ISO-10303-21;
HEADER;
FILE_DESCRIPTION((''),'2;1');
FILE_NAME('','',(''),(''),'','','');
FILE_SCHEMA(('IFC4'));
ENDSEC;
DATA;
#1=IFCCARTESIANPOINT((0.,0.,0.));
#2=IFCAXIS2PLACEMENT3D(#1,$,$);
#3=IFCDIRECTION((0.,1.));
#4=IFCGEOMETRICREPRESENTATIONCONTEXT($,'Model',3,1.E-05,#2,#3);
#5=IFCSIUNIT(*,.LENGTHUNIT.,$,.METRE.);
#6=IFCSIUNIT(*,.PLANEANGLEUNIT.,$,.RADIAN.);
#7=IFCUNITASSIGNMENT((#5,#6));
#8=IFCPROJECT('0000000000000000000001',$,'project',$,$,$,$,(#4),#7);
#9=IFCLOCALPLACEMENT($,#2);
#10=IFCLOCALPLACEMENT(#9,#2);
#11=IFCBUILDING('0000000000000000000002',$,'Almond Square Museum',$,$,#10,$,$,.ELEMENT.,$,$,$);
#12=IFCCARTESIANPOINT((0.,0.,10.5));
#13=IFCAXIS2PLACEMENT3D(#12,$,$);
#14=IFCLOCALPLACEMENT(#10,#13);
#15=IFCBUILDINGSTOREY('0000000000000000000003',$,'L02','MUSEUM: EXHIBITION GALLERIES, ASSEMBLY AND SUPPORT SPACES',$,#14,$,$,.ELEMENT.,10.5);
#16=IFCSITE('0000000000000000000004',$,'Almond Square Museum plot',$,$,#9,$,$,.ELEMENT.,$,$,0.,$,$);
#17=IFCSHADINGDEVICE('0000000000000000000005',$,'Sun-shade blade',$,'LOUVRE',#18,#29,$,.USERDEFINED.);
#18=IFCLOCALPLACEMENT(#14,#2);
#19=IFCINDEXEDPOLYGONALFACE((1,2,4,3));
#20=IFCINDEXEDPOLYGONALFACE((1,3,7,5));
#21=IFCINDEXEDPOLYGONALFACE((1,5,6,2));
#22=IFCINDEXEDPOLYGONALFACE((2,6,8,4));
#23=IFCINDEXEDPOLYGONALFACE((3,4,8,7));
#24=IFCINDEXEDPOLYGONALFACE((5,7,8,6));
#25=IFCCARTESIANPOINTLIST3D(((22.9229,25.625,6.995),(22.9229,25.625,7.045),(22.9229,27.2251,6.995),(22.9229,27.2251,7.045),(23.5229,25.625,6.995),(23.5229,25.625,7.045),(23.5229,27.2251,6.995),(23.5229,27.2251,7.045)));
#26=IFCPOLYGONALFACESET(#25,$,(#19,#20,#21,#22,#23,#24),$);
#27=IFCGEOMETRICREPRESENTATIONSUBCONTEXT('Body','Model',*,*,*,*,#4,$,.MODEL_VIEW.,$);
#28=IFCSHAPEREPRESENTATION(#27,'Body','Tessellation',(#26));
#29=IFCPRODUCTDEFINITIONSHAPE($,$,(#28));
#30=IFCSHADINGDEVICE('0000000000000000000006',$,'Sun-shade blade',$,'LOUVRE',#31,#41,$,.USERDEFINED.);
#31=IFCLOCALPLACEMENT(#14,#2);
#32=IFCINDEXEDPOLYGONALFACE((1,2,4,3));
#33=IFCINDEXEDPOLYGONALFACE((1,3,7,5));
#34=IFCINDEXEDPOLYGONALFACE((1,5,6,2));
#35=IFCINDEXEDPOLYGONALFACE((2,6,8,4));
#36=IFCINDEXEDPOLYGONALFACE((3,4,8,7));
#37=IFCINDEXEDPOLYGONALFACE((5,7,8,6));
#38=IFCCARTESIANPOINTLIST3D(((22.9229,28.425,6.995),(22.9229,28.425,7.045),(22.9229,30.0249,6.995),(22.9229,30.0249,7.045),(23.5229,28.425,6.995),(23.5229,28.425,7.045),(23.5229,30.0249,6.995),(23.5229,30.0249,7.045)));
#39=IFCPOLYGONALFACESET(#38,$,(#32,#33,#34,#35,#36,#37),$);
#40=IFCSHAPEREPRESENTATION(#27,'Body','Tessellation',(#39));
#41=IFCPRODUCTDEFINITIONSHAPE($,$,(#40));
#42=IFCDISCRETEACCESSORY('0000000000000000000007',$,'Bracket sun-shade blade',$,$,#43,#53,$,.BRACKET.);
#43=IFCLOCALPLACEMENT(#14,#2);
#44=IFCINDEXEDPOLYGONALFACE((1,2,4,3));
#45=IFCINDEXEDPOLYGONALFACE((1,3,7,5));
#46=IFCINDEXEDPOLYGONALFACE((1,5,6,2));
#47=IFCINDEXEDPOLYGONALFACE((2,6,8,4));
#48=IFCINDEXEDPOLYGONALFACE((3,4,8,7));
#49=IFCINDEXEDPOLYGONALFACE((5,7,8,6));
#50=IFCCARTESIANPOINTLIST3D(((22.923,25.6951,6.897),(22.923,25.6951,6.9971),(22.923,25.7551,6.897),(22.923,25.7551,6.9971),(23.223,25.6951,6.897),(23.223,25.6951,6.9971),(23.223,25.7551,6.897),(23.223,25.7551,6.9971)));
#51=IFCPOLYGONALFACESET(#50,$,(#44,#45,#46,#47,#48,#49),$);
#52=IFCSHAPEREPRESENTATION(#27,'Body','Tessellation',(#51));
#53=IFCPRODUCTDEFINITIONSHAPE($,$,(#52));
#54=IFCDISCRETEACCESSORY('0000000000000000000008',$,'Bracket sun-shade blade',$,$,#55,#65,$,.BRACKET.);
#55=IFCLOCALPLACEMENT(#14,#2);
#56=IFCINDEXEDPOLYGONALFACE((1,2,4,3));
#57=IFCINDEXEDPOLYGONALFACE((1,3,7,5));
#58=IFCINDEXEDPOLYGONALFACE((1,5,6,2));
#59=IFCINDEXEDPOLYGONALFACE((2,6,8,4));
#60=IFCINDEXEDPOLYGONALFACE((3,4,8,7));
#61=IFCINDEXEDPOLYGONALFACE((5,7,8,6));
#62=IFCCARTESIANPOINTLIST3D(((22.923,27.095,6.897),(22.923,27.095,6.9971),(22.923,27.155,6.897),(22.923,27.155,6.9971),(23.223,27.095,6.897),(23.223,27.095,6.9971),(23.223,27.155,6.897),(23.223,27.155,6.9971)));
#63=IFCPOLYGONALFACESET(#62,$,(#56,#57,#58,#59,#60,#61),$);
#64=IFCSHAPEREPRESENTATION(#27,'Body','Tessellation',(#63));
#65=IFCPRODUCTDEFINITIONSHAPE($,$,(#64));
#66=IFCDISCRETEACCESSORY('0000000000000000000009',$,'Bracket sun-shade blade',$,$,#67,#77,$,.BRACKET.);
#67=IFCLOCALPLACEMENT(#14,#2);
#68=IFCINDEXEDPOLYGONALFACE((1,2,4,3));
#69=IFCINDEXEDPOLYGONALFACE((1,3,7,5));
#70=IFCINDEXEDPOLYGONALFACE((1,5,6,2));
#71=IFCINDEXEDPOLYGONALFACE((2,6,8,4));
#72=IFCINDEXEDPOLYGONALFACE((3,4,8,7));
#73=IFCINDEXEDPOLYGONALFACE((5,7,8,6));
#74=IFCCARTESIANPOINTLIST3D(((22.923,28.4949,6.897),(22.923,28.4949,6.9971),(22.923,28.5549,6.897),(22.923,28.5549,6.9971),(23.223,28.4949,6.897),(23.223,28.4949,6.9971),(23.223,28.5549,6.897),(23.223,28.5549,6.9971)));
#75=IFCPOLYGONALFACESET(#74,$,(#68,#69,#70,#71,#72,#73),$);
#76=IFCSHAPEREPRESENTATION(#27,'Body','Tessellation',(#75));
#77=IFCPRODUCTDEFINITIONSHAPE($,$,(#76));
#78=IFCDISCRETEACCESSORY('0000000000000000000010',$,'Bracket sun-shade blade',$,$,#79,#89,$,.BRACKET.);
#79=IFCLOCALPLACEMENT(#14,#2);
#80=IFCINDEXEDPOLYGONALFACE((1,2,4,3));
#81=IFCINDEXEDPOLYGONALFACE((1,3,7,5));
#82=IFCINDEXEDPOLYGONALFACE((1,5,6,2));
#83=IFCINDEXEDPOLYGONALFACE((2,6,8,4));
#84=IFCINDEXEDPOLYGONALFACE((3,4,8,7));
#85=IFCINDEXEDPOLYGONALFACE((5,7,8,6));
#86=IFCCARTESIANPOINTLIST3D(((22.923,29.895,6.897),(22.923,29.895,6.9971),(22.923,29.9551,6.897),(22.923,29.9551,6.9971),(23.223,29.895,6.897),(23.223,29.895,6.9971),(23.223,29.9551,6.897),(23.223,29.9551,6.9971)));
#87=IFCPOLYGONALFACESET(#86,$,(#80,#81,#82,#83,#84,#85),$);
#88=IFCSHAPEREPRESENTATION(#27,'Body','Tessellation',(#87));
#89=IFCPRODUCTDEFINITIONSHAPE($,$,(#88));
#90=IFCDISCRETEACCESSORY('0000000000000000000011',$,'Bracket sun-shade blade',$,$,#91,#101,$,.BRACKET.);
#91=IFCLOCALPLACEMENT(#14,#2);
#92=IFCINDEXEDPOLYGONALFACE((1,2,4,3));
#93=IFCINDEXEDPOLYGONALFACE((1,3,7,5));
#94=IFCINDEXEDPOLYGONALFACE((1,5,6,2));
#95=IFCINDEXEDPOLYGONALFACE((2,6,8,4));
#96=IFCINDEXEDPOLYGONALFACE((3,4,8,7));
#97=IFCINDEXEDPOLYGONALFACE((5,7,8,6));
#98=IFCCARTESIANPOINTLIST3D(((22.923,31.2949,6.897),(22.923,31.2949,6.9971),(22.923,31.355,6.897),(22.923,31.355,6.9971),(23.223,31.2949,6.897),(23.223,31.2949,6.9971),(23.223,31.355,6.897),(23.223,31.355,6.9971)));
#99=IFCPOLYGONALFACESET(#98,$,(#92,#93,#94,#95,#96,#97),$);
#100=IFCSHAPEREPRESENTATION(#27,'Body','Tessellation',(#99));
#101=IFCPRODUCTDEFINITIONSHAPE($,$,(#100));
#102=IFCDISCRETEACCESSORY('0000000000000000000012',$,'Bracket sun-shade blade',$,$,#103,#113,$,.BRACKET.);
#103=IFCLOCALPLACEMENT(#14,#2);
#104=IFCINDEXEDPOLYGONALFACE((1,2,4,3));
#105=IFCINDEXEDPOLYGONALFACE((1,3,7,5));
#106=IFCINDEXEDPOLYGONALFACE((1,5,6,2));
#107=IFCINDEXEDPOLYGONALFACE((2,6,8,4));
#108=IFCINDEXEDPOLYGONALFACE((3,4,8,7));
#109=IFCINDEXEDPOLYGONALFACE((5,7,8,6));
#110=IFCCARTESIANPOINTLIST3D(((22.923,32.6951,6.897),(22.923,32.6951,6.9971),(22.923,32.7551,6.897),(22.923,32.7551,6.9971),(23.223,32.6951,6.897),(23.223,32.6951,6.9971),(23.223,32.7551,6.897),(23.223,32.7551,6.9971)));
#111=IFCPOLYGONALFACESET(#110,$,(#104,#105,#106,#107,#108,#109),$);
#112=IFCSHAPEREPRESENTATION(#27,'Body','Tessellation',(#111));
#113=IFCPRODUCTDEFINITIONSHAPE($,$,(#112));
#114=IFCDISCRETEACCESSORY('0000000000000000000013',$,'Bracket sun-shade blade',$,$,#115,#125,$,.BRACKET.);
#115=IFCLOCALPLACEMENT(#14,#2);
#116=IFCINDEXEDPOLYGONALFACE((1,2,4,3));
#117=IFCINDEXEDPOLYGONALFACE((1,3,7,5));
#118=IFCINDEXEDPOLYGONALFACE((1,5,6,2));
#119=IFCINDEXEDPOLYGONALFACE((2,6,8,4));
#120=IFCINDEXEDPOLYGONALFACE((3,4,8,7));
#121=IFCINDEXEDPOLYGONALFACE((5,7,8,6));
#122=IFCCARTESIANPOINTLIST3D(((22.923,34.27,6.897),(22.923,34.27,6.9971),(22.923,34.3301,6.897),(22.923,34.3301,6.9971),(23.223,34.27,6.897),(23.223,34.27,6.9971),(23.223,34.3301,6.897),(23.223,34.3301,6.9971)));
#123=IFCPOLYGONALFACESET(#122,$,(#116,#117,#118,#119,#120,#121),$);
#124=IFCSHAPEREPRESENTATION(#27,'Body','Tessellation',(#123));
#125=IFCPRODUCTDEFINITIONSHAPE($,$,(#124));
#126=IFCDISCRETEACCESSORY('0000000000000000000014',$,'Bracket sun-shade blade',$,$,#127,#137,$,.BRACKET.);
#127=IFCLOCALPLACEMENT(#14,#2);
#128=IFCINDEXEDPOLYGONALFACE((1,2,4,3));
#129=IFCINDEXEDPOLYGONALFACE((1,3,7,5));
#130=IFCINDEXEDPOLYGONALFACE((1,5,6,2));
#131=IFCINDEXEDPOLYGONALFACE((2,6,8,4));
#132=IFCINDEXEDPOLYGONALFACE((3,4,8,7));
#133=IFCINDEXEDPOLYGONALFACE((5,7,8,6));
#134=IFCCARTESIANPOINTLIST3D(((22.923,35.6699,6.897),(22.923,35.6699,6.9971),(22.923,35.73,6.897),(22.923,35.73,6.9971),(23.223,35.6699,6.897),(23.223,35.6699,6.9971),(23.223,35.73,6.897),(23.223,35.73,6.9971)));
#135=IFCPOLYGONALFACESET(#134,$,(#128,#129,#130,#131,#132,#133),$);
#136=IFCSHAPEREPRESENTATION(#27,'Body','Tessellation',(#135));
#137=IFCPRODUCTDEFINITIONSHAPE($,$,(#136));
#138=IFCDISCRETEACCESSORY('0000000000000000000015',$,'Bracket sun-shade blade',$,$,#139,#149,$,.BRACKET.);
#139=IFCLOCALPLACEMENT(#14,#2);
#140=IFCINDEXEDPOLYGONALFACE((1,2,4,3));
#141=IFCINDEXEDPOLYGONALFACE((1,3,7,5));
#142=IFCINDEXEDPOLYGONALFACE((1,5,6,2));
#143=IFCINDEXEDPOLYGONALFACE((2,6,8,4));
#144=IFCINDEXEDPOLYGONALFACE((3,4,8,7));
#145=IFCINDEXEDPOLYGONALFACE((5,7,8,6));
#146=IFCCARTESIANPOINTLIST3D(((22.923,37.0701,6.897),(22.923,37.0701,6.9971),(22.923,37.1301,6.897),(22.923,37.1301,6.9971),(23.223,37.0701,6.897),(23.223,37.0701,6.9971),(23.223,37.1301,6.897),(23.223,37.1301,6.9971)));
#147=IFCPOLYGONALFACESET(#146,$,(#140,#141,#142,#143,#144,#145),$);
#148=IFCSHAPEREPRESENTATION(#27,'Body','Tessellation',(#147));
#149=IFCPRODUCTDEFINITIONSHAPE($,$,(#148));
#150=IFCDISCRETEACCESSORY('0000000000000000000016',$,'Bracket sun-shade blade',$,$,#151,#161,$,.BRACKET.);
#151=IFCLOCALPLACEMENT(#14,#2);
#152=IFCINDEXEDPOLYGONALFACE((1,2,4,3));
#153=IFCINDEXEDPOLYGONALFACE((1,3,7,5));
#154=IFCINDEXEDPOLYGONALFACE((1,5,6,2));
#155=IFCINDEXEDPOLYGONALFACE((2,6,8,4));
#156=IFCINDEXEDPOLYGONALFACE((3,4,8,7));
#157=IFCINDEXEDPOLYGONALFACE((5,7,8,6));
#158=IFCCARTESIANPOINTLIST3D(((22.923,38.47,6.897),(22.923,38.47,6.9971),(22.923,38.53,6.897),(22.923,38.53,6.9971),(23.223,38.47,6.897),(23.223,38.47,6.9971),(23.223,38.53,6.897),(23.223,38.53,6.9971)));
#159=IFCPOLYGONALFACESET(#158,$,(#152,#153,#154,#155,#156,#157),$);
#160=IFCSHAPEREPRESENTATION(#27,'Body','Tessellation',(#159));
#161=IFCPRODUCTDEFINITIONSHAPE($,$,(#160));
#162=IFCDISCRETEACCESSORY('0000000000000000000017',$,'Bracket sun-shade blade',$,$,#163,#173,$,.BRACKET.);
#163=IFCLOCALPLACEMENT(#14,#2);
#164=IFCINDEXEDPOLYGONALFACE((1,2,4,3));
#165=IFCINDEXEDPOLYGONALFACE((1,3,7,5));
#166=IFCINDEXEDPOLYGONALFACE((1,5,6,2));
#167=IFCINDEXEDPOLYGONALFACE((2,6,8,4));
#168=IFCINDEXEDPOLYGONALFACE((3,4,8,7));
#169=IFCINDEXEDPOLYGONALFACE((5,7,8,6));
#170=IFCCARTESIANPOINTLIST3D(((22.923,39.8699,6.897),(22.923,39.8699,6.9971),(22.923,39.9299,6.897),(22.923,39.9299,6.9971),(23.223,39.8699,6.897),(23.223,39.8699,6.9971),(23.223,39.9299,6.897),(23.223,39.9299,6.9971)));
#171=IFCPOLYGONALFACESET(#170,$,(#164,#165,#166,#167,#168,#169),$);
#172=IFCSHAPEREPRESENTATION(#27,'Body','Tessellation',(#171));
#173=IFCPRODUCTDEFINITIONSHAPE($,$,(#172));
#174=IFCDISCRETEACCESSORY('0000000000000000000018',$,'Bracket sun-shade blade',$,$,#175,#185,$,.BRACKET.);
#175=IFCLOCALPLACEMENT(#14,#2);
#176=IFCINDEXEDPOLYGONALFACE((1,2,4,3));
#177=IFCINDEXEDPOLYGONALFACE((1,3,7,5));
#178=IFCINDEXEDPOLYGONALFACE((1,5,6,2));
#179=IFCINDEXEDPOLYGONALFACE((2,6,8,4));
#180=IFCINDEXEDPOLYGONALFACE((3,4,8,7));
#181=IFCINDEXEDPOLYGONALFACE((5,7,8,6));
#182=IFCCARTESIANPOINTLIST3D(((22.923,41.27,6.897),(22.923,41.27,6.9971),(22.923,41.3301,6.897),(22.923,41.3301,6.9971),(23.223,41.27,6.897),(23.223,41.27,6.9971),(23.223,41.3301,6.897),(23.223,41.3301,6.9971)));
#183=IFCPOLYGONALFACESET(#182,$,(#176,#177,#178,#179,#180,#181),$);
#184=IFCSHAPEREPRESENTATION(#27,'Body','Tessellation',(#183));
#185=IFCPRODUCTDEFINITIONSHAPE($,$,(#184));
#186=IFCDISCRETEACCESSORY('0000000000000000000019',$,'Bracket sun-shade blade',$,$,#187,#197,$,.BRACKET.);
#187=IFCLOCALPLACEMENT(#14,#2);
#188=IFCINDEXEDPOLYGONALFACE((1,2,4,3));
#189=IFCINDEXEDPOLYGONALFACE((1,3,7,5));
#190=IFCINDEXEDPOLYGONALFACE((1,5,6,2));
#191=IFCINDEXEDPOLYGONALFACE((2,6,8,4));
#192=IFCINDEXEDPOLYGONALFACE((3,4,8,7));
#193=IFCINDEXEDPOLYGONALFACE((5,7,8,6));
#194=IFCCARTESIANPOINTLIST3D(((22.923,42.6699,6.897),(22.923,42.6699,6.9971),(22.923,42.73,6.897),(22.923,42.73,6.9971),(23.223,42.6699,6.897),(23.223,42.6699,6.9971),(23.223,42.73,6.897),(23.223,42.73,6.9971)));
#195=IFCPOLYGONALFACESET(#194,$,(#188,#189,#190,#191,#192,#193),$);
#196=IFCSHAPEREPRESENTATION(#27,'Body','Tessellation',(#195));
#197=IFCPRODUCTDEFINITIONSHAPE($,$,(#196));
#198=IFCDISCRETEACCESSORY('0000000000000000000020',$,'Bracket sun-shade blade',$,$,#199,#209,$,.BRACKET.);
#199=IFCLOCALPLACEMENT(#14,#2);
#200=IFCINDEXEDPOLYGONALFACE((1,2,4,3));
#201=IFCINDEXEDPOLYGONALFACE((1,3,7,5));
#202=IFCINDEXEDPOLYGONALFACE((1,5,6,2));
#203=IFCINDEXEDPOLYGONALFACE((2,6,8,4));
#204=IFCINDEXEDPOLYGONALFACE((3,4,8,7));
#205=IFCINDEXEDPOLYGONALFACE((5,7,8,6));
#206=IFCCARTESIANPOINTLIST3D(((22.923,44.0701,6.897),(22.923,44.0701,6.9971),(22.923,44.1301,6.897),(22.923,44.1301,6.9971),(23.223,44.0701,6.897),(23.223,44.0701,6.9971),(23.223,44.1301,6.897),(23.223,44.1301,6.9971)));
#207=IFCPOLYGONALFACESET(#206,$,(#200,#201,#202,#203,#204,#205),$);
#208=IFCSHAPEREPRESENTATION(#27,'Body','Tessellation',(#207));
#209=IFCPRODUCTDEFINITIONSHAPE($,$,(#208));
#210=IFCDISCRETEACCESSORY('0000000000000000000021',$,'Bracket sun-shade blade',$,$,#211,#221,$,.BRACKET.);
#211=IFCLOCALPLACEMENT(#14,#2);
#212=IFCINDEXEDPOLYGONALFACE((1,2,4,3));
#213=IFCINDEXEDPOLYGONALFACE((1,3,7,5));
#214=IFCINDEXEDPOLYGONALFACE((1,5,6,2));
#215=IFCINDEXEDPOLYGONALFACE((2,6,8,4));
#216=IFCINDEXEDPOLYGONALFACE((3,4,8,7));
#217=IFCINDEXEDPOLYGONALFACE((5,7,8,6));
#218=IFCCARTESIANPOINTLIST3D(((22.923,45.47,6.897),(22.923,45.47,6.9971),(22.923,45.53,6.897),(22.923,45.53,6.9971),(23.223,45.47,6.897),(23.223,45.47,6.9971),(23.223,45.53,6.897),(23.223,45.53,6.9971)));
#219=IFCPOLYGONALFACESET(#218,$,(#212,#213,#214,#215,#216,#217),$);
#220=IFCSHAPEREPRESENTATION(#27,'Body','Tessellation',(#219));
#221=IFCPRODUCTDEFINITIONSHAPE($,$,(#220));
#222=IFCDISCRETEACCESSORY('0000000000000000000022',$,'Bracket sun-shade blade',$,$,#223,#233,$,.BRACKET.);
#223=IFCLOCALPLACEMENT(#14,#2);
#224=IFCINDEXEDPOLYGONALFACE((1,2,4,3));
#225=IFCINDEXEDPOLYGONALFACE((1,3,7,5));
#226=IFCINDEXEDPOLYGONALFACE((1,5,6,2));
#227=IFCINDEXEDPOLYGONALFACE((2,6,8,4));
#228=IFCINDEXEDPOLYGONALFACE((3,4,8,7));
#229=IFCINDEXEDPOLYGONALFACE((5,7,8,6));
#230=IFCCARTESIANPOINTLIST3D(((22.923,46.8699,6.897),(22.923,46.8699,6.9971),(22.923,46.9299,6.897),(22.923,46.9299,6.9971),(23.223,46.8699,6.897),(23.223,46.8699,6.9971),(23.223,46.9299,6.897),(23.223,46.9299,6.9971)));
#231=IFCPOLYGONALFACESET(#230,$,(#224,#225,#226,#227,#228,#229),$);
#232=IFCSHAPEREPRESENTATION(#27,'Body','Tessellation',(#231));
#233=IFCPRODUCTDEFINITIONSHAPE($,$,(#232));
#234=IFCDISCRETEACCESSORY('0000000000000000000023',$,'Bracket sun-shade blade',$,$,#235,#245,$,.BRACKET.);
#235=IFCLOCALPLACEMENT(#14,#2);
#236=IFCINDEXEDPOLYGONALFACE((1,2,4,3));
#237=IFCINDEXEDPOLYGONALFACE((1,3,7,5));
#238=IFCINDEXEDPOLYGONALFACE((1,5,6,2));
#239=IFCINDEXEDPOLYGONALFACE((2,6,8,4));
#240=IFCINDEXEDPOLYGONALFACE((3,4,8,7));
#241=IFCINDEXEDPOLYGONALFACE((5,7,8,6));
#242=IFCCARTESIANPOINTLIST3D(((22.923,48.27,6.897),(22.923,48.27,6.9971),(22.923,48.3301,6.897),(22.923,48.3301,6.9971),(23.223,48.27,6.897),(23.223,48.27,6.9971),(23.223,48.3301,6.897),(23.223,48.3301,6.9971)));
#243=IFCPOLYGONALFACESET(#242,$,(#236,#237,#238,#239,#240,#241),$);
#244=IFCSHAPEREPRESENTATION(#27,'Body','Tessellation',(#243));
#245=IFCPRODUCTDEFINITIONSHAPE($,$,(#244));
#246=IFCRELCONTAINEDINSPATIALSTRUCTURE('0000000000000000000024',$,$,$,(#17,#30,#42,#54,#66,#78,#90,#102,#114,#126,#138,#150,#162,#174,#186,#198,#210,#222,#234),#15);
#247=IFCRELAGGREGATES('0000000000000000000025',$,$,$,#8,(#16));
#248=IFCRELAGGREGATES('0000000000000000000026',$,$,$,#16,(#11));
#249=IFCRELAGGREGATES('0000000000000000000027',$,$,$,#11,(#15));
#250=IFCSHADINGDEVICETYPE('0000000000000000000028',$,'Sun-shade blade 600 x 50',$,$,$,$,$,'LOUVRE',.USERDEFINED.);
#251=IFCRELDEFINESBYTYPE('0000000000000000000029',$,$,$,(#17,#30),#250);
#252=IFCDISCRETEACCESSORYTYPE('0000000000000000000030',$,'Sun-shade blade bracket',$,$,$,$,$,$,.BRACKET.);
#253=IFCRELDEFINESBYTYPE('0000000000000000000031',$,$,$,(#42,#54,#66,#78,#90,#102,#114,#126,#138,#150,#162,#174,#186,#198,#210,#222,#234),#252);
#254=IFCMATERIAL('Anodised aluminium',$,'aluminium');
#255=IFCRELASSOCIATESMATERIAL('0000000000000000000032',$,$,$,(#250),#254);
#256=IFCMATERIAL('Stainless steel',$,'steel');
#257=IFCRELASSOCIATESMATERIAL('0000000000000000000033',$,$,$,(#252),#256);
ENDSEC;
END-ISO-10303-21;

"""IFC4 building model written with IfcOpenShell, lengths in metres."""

from ifc_helpers import new_model, si_unit, direction, frame, origin, origin_2d, place, context, subcontext, project, spatial, rectangle, extrude, material, material_profile, profile_set, type_object, element, save


model = new_model("IFC4")

# Units and contexts
model_context = context("Model", 3, precision=1e-05, world=origin(), true_north=direction((0.0, 1.0)))
body_context = subcontext(model_context, "Body", "Model", "MODEL_VIEW")
ifc_project = project(units=[si_unit("LENGTHUNIT", "METRE"), si_unit("PLANEANGLEUNIT", "RADIAN")], contexts=[model_context])

# Site, building, storey
site_placement = place(None, origin())
site = spatial("IfcSite", under=ifc_project, at=site_placement, Name="Almond Square Museum plot", CompositionType="ELEMENT", RefElevation=0.0)
building_placement = place(site_placement, origin())
building = spatial("IfcBuilding", under=site, at=building_placement, Name="Almond Square Museum", CompositionType="ELEMENT")
storey_placement = place(building_placement, frame((0.0, 0.0, 10.5)))
storey = spatial("IfcBuildingStorey", under=building, at=storey_placement, Name="L02", Description="MUSEUM: EXHIBITION GALLERIES, ASSEMBLY AND SUPPORT SPACES", CompositionType="ELEMENT", Elevation=10.5)

# Shading devices
ifc_material_1 = material(Name="Anodised aluminium", Category="aluminium")
ifc_material_profile = material_profile(ifc_material_1, rectangle(XDim=0.6001, YDim=0.05, at=origin_2d()))
ifc_profile_set = profile_set([ifc_material_profile], Name="Anodised aluminium")
shading_device_type = type_object("IfcShadingDeviceType", Name="Sun-shade blade 600 x 50", ElementType="LOUVRE", PredefinedType="USERDEFINED", material=ifc_profile_set)
shading_device_1_placement = place(storey_placement, frame((23.2229, 25.625, 7.02), z_axis=(0.0, 1.0, 0.0), x_axis=(-1.0, 0.0, 0.0)))
element("IfcShadingDevice", 1, at=shading_device_1_placement, inside=storey, type_object=shading_device_type, Name="Sun-shade blade", ObjectType="LOUVRE", PredefinedType="USERDEFINED", context=body_context, shape_type="SweptSolid", body=[
    extrude(rectangle(XDim=0.6001, YDim=0.05, at=origin_2d()), origin(), (0.0, 0.0, 1.0), 1.6001),
])
shading_device_2_placement = place(storey_placement, frame((23.2229, 28.425, 7.02), z_axis=(0.0, 1.0, 0.0), x_axis=(-1.0, 0.0, 0.0)))
element("IfcShadingDevice", 2, at=shading_device_2_placement, inside=storey, type_object=shading_device_type, Name="Sun-shade blade", ObjectType="LOUVRE", PredefinedType="USERDEFINED", context=body_context, shape_type="SweptSolid", body=[
    extrude(rectangle(XDim=0.6001, YDim=0.05, at=origin_2d()), origin(), (0.0, 0.0, 1.0), 1.5999),
])

# Discrete accessories
ifc_material_2 = material(Name="Stainless steel", Category="steel")
discrete_accessory_type = type_object("IfcDiscreteAccessoryType", Name="Sun-shade blade bracket", PredefinedType="BRACKET", material=ifc_material_2)
for number, where, z_axis, x_axis, name in (
    (3, (23.073, 25.7251, 6.897), (0.0, 0.0, 1.0), (1.0, 0.0, 0.0), "Bracket sun-shade blade"),
    (4, (23.073, 27.125, 6.897), (0.0, 0.0, 1.0), (1.0, 0.0, 0.0), "Bracket sun-shade blade"),
    (5, (23.073, 28.5249, 6.897), (0.0, 0.0, 1.0), (1.0, 0.0, 0.0), "Bracket sun-shade blade"),
    (6, (23.073, 29.925, 6.897), (0.0, 0.0, 1.0), (1.0, 0.0, 0.0), "Bracket sun-shade blade"),
    (7, (23.073, 31.325, 6.897), (0.0, 0.0, 1.0), (1.0, 0.0, 0.0), "Bracket sun-shade blade"),
    (8, (23.073, 32.7251, 6.897), (0.0, 0.0, 1.0), (1.0, 0.0, 0.0), "Bracket sun-shade blade"),
    (9, (23.073, 34.3, 6.897), (0.0, 0.0, 1.0), (1.0, 0.0, 0.0), "Bracket sun-shade blade"),
    (10, (23.073, 35.7, 6.897), (0.0, 0.0, 1.0), (1.0, 0.0, 0.0), "Bracket sun-shade blade"),
    (11, (23.073, 37.1001, 6.897), (0.0, 0.0, 1.0), (1.0, 0.0, 0.0), "Bracket sun-shade blade"),
    (12, (23.073, 38.5, 6.897), (0.0, 0.0, 1.0), (1.0, 0.0, 0.0), "Bracket sun-shade blade"),
    (13, (23.073, 39.8999, 6.897), (0.0, 0.0, 1.0), (1.0, 0.0, 0.0), "Bracket sun-shade blade"),
    (14, (23.073, 41.3, 6.897), (0.0, 0.0, 1.0), (1.0, 0.0, 0.0), "Bracket sun-shade blade"),
    (15, (23.073, 42.7, 6.897), (0.0, 0.0, 1.0), (1.0, 0.0, 0.0), "Bracket sun-shade blade"),
    (16, (23.073, 44.1001, 6.897), (0.0, 0.0, 1.0), (1.0, 0.0, 0.0), "Bracket sun-shade blade"),
    (17, (23.073, 45.5, 6.897), (0.0, 0.0, 1.0), (1.0, 0.0, 0.0), "Bracket sun-shade blade"),
    (18, (23.073, 46.8999, 6.897), (0.0, 0.0, 1.0), (1.0, 0.0, 0.0), "Bracket sun-shade blade"),
    (19, (23.073, 48.3, 6.897), (0.0, 0.0, 1.0), (1.0, 0.0, 0.0), "Bracket sun-shade blade"),
):
    element("IfcDiscreteAccessory", number, at=place(storey_placement, frame(where, z_axis=z_axis, x_axis=x_axis)), inside=storey, type_object=discrete_accessory_type, Name=name, PredefinedType="BRACKET", context=body_context, shape_type="SweptSolid", body=[
        extrude(rectangle(XDim=0.3, YDim=0.0601, at=origin_2d()), origin(), (0.0, 0.0, 1.0), 0.1001),
    ])

save(model, "model.ifc")
